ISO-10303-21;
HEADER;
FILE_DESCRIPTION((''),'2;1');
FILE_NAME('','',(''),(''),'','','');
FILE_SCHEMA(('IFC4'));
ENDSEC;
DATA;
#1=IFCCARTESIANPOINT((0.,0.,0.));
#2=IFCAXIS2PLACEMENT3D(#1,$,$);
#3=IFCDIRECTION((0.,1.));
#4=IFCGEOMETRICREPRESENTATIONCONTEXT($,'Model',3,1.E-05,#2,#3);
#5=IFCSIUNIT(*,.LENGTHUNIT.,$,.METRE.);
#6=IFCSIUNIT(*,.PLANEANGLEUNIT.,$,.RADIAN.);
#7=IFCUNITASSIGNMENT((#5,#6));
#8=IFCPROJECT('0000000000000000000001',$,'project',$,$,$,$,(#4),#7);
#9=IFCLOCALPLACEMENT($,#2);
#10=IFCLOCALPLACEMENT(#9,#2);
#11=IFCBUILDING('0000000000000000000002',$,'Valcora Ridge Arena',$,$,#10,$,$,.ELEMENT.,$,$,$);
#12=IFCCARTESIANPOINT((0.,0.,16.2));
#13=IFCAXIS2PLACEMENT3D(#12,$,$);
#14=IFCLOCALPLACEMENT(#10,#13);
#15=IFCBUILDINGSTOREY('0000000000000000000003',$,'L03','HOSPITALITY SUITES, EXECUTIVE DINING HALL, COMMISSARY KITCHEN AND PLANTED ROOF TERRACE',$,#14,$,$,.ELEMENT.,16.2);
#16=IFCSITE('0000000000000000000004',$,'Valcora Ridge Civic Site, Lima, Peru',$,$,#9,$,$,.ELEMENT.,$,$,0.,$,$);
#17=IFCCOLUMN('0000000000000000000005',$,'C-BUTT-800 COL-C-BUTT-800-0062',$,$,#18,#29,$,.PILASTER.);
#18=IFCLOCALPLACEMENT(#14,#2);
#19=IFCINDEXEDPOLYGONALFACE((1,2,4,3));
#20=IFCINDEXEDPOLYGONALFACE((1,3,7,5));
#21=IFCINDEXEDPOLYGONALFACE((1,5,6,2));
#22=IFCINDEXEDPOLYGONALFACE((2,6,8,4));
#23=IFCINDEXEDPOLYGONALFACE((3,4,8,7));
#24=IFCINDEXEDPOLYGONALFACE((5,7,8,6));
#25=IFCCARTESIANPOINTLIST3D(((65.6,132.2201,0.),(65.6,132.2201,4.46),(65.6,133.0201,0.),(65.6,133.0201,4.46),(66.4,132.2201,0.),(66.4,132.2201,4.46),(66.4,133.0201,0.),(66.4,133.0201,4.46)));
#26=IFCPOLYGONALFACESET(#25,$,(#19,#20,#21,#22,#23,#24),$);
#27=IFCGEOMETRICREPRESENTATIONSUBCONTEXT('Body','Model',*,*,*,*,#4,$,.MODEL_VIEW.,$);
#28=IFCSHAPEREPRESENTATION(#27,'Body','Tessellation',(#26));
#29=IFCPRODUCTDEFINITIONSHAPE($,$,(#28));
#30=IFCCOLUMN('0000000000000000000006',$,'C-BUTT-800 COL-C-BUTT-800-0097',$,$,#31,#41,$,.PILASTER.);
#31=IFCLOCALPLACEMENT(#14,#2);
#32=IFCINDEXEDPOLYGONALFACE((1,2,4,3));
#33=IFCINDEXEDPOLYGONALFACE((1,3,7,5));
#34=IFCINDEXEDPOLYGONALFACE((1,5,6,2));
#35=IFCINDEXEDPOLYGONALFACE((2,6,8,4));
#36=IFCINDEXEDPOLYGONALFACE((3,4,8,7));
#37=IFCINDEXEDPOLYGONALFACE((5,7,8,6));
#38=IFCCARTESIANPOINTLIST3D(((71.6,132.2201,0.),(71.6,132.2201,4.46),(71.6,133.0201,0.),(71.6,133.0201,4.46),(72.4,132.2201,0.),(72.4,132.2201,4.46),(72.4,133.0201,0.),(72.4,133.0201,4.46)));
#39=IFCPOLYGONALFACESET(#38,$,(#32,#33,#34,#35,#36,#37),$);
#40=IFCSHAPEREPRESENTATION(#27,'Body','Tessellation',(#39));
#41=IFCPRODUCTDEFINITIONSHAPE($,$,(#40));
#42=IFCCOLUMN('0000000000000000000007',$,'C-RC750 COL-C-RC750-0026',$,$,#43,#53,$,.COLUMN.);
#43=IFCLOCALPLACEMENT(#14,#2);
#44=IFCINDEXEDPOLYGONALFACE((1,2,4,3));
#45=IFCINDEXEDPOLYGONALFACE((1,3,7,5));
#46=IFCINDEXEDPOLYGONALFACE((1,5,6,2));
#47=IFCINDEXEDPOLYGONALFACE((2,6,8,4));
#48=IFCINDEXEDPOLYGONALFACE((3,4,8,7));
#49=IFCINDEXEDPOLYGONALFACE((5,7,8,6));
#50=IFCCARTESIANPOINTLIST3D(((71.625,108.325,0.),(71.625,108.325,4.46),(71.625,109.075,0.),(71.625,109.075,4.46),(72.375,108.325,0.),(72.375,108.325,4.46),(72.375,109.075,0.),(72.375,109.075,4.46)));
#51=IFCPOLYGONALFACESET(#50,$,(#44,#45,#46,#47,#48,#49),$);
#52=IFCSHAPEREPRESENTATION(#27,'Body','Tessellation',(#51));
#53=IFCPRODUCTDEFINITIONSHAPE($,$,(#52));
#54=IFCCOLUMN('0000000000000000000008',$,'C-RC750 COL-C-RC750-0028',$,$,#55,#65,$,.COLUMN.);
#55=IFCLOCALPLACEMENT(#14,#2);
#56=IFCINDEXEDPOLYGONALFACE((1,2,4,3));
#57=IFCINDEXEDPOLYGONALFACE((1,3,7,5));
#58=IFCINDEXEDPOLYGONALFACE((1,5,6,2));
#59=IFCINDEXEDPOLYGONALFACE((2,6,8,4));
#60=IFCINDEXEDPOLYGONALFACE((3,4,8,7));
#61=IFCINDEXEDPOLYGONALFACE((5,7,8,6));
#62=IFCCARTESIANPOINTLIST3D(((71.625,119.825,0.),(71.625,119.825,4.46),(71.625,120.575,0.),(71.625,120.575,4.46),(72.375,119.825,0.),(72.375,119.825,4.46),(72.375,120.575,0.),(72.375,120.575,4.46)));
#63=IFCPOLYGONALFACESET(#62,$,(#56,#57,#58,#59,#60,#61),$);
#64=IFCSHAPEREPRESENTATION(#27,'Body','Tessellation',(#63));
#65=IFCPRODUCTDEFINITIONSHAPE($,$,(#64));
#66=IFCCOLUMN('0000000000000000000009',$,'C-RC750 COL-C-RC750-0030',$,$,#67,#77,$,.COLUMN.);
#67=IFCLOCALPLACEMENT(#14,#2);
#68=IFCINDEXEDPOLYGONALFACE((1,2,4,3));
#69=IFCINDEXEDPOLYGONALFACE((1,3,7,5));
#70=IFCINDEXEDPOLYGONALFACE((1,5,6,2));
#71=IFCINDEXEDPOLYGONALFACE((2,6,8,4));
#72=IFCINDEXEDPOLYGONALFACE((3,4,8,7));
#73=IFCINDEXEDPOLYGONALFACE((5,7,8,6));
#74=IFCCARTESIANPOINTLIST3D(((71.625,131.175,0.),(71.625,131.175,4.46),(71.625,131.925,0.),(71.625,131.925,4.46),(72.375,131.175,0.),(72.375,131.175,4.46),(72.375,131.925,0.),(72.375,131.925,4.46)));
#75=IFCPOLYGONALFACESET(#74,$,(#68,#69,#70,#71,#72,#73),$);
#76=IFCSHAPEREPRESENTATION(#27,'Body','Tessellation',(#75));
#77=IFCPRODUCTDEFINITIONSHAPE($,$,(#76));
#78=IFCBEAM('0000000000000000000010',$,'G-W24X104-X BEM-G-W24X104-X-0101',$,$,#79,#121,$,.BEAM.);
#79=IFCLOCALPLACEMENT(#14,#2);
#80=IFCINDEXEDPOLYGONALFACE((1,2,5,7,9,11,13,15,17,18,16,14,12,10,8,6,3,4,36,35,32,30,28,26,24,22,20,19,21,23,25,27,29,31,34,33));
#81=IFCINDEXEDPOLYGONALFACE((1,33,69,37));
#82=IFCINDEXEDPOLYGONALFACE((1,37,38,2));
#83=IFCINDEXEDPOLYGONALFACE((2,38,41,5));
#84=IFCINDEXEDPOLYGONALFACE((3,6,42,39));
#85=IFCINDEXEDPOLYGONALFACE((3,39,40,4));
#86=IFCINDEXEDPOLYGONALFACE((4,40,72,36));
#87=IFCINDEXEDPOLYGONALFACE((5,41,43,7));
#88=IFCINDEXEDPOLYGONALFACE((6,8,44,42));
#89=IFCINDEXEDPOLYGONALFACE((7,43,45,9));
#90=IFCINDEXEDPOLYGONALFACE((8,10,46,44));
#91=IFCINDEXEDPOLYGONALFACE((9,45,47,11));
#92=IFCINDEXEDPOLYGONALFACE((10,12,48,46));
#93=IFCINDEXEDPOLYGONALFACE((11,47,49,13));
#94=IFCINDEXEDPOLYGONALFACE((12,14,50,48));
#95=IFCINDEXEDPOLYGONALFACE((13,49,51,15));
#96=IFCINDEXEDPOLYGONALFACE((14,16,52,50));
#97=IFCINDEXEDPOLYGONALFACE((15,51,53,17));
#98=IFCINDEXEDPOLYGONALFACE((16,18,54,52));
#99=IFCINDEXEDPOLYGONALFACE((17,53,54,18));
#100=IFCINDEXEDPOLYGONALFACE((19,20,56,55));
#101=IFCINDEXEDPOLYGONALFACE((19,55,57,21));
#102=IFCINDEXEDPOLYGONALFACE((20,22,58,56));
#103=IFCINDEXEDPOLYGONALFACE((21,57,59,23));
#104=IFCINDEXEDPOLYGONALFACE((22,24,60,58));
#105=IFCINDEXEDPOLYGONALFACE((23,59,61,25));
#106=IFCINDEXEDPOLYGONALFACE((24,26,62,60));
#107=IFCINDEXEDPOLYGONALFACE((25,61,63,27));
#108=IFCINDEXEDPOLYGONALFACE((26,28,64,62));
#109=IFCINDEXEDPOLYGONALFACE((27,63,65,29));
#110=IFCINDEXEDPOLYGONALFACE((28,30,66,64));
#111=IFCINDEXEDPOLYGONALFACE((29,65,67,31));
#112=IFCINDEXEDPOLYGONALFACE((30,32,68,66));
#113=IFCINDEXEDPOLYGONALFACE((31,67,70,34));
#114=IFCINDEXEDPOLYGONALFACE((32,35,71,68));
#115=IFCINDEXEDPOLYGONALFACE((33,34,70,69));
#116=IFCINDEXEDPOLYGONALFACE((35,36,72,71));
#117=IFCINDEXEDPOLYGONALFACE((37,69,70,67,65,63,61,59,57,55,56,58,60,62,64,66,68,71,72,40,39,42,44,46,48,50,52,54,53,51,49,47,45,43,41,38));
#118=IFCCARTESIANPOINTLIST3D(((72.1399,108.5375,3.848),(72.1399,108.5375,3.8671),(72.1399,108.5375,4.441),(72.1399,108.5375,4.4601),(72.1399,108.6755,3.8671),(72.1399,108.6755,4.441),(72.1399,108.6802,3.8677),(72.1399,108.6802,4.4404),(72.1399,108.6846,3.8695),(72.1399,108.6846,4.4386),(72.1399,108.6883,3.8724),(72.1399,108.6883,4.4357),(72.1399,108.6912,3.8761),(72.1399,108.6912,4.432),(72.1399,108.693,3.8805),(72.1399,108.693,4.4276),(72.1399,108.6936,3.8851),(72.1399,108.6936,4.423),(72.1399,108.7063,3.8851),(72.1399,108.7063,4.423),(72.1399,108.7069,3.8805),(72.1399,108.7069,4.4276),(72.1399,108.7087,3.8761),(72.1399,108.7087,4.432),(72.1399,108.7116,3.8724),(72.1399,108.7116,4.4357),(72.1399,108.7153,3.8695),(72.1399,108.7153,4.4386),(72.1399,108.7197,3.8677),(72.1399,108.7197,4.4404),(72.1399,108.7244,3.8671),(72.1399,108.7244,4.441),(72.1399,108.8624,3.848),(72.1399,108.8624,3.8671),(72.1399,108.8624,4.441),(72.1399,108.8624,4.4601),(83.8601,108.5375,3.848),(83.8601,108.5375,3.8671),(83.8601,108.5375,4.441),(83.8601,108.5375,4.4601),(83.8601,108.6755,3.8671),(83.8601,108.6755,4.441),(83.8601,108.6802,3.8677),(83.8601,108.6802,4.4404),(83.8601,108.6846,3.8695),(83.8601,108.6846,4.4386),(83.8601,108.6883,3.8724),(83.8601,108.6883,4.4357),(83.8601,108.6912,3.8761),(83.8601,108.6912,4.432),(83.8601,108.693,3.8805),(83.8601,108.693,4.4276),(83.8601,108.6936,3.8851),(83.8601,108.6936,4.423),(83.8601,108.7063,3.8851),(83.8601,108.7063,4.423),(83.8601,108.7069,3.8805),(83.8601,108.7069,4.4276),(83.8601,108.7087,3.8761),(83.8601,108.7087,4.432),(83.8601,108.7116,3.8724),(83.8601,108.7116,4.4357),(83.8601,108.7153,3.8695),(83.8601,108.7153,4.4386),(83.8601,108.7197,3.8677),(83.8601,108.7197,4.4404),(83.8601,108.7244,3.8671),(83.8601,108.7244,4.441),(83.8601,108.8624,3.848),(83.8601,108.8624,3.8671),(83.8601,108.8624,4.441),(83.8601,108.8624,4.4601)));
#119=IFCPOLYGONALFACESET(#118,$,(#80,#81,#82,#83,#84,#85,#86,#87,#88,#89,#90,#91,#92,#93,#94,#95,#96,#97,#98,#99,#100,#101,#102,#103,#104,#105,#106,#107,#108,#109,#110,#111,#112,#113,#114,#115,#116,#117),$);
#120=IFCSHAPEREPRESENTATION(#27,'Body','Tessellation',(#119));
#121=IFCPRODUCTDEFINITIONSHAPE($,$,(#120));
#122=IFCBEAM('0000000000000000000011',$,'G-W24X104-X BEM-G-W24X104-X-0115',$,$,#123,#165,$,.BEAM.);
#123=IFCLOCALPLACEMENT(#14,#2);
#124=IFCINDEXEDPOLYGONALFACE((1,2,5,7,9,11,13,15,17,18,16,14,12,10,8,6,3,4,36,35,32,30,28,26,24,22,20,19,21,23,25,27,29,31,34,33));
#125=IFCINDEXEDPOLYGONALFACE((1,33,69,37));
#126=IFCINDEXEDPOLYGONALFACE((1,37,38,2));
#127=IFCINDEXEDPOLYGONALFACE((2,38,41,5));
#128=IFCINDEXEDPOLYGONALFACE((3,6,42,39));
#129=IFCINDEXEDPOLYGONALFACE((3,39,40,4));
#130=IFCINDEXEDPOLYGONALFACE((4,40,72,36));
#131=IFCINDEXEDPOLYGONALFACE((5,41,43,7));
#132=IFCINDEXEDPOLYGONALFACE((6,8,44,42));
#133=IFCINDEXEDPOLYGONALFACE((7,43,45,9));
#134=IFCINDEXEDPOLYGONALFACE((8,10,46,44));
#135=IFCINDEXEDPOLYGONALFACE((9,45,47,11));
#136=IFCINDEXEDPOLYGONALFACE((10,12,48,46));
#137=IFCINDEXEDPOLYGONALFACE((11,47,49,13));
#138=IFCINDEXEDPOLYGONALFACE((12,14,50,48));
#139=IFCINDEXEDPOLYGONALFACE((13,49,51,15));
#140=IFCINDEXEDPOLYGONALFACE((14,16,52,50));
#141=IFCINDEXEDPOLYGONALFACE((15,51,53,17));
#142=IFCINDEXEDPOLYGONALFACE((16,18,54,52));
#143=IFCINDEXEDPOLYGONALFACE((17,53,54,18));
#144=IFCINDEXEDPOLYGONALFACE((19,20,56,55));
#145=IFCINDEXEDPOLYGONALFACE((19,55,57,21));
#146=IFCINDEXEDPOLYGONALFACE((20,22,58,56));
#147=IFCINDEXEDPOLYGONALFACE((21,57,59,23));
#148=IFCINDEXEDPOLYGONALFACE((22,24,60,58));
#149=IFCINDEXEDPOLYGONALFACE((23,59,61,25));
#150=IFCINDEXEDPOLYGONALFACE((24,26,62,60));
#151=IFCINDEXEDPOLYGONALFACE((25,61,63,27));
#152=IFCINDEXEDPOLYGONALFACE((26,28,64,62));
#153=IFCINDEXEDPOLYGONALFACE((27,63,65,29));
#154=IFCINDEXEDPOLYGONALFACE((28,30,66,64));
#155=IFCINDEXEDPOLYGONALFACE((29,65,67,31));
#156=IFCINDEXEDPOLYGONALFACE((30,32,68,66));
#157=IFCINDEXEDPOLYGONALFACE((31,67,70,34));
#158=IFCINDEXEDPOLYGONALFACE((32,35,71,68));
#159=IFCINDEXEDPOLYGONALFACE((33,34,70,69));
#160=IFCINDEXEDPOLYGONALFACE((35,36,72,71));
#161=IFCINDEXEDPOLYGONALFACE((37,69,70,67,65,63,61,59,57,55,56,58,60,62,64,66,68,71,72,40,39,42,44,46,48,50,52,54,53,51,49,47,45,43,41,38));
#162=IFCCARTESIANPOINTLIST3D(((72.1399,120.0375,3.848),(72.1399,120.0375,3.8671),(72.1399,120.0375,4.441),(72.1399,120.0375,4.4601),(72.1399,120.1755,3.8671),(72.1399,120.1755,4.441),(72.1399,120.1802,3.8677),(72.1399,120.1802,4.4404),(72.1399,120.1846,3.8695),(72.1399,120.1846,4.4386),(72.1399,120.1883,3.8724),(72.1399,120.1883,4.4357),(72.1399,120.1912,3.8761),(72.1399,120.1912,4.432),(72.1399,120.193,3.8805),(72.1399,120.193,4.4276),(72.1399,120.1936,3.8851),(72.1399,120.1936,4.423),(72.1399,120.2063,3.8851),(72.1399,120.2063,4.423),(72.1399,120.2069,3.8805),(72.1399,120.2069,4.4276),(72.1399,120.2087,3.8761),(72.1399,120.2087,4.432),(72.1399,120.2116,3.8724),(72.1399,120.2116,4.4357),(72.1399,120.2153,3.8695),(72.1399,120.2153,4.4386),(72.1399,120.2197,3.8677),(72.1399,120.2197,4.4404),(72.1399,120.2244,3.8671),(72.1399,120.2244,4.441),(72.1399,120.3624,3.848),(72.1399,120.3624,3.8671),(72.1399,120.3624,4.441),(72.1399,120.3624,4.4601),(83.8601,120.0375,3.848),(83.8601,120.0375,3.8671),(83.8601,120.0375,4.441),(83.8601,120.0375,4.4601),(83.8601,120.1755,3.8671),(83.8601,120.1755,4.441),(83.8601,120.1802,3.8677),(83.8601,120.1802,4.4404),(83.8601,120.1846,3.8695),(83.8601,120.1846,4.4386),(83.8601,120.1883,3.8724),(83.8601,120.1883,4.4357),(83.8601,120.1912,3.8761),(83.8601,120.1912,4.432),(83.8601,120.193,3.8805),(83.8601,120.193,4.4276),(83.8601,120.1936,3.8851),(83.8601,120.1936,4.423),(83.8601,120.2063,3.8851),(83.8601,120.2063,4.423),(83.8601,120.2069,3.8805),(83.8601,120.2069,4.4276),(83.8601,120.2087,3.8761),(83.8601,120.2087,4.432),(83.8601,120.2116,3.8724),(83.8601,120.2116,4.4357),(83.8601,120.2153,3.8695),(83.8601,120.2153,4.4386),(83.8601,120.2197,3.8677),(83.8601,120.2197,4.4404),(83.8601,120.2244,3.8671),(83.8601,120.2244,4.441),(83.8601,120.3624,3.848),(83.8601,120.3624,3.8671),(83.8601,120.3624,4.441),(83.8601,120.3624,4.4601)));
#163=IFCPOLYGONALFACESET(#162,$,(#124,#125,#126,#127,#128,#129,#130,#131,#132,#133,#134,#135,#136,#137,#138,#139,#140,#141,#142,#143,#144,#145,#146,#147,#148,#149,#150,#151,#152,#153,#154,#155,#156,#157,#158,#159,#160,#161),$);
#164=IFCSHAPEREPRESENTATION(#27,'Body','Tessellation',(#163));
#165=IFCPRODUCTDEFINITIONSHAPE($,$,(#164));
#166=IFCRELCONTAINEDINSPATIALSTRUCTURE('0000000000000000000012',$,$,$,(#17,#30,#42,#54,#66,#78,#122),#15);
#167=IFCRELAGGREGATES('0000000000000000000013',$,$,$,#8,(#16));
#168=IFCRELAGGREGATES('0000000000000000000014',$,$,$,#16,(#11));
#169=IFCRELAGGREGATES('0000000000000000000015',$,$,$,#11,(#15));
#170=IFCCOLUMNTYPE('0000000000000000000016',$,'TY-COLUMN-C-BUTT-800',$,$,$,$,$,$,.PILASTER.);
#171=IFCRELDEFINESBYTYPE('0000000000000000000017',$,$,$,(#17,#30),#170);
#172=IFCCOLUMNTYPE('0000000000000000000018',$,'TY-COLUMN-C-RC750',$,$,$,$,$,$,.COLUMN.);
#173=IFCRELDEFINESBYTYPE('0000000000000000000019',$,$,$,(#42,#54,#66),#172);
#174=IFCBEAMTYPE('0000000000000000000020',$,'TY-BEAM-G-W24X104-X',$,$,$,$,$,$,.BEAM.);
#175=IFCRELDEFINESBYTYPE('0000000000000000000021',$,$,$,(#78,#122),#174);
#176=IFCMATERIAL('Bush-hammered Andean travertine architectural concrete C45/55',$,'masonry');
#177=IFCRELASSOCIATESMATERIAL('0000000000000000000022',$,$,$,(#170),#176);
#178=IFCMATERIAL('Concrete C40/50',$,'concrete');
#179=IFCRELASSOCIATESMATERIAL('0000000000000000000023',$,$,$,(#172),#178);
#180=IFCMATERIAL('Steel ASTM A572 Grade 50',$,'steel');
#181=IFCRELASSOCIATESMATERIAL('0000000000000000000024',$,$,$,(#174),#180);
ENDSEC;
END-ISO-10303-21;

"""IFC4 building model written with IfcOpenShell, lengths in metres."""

from ifc_helpers import new_model, si_unit, direction, frame, origin, origin_2d, place, context, subcontext, project, spatial, rectangle, i_section, extrude, material, material_profile, profile_set, type_object, element, save


model = new_model("IFC4")

# Units and contexts
model_context = context("Model", 3, precision=1e-05, world=origin(), true_north=direction((0.0, 1.0)))
body_context = subcontext(model_context, "Body", "Model", "MODEL_VIEW")
ifc_project = project(units=[si_unit("LENGTHUNIT", "METRE"), si_unit("PLANEANGLEUNIT", "RADIAN")], contexts=[model_context])

# Site, building, storey
site_placement = place(None, origin())
site = spatial("IfcSite", under=ifc_project, at=site_placement, Name="Valcora Ridge Civic Site, Lima, Peru", CompositionType="ELEMENT", RefElevation=0.0)
building_placement = place(site_placement, origin())
building = spatial("IfcBuilding", under=site, at=building_placement, Name="Valcora Ridge Arena", CompositionType="ELEMENT")
storey_placement = place(building_placement, frame((0.0, 0.0, 16.2)))
storey = spatial("IfcBuildingStorey", under=building, at=storey_placement, Name="L03", Description="HOSPITALITY SUITES, EXECUTIVE DINING HALL, COMMISSARY KITCHEN AND PLANTED ROOF TERRACE", CompositionType="ELEMENT", Elevation=16.2)

# Columns
ifc_material_1 = material(Name="Bush-hammered Andean travertine architectural concrete C45/55", Category="masonry")
ifc_material_profile_1 = material_profile(ifc_material_1, rectangle(XDim=0.8, YDim=0.8, at=origin_2d()), Name="RC 800x800")
ifc_profile_set_1 = profile_set([ifc_material_profile_1], Name="Bush-hammered Andean travertine architectural concrete C45/55")
column_type_1 = type_object("IfcColumnType", Name="TY-COLUMN-C-BUTT-800", PredefinedType="PILASTER", material=ifc_profile_set_1)
for number, where, z_axis, x_axis, name in (
    (1, (66.0, 132.6201, 0.0), (0.0, 0.0, 1.0), (1.0, 0.0, 0.0), "C-BUTT-800 COL-C-BUTT-800-0062"),
    (2, (72.0, 132.6201, 0.0), (0.0, 0.0, 1.0), (1.0, 0.0, 0.0), "C-BUTT-800 COL-C-BUTT-800-0097"),
):
    element("IfcColumn", number, at=place(storey_placement, frame(where, z_axis=z_axis, x_axis=x_axis)), inside=storey, type_object=column_type_1, Name=name, PredefinedType="PILASTER", context=body_context, shape_type="SweptSolid", body=[
        extrude(rectangle(XDim=0.8, YDim=0.8, at=origin_2d()), origin(), (0.0, 0.0, 1.0), 4.46),
    ])
ifc_material_2 = material(Name="Concrete C40/50", Category="concrete")
ifc_material_profile_2 = material_profile(ifc_material_2, rectangle(XDim=0.75, YDim=0.75, at=origin_2d()), Name="RC 750x750")
ifc_profile_set_2 = profile_set([ifc_material_profile_2], Name="Concrete C40/50")
column_type_2 = type_object("IfcColumnType", Name="TY-COLUMN-C-RC750", PredefinedType="COLUMN", material=ifc_profile_set_2)
for number, where, z_axis, x_axis, name in (
    (3, (72.0, 108.7, 0.0), (0.0, 0.0, 1.0), (1.0, 0.0, 0.0), "C-RC750 COL-C-RC750-0026"),
    (4, (72.0, 120.2, 0.0), (0.0, 0.0, 1.0), (1.0, 0.0, 0.0), "C-RC750 COL-C-RC750-0028"),
    (5, (72.0, 131.55, 0.0), (0.0, 0.0, 1.0), (1.0, 0.0, 0.0), "C-RC750 COL-C-RC750-0030"),
):
    element("IfcColumn", number, at=place(storey_placement, frame(where, z_axis=z_axis, x_axis=x_axis)), inside=storey, type_object=column_type_2, Name=name, PredefinedType="COLUMN", context=body_context, shape_type="SweptSolid", body=[
        extrude(rectangle(XDim=0.75, YDim=0.75, at=origin_2d()), origin(), (0.0, 0.0, 1.0), 4.46),
    ])

# Beams
ifc_material_3 = material(Name="Steel ASTM A572 Grade 50", Category="steel")
ifc_material_profile_3 = material_profile(ifc_material_3, i_section(OverallWidth=0.325, OverallDepth=0.6121, WebThickness=0.0127, FlangeThickness=0.019, FilletRadius=0.0181, at=origin_2d()), Name="W24X104")
ifc_profile_set_3 = profile_set([ifc_material_profile_3], Name="Steel ASTM A572 Grade 50")
beam_type_1 = type_object("IfcBeamType", Name="TY-BEAM-G-W24X104-X", PredefinedType="BEAM", material=ifc_profile_set_3)
for number, where, z_axis, x_axis, name in (
    (6, (72.1399, 108.7, 4.1541), (1.0, 0.0, 0.0), (0.0, 1.0, 0.0), "G-W24X104-X BEM-G-W24X104-X-0101"),
    (7, (72.1399, 120.2, 4.1541), (1.0, 0.0, 0.0), (0.0, 1.0, 0.0), "G-W24X104-X BEM-G-W24X104-X-0115"),
):
    element("IfcBeam", number, at=place(storey_placement, frame(where, z_axis=z_axis, x_axis=x_axis)), inside=storey, type_object=beam_type_1, Name=name, PredefinedType="BEAM", context=body_context, shape_type="SweptSolid", body=[
        extrude(i_section(OverallWidth=0.325, OverallDepth=0.6121, WebThickness=0.0127, FlangeThickness=0.019, FilletRadius=0.0181, at=origin_2d()), origin(), (0.0, 0.0, 1.0), 11.7202),
    ])

save(model, "model.ifc")
